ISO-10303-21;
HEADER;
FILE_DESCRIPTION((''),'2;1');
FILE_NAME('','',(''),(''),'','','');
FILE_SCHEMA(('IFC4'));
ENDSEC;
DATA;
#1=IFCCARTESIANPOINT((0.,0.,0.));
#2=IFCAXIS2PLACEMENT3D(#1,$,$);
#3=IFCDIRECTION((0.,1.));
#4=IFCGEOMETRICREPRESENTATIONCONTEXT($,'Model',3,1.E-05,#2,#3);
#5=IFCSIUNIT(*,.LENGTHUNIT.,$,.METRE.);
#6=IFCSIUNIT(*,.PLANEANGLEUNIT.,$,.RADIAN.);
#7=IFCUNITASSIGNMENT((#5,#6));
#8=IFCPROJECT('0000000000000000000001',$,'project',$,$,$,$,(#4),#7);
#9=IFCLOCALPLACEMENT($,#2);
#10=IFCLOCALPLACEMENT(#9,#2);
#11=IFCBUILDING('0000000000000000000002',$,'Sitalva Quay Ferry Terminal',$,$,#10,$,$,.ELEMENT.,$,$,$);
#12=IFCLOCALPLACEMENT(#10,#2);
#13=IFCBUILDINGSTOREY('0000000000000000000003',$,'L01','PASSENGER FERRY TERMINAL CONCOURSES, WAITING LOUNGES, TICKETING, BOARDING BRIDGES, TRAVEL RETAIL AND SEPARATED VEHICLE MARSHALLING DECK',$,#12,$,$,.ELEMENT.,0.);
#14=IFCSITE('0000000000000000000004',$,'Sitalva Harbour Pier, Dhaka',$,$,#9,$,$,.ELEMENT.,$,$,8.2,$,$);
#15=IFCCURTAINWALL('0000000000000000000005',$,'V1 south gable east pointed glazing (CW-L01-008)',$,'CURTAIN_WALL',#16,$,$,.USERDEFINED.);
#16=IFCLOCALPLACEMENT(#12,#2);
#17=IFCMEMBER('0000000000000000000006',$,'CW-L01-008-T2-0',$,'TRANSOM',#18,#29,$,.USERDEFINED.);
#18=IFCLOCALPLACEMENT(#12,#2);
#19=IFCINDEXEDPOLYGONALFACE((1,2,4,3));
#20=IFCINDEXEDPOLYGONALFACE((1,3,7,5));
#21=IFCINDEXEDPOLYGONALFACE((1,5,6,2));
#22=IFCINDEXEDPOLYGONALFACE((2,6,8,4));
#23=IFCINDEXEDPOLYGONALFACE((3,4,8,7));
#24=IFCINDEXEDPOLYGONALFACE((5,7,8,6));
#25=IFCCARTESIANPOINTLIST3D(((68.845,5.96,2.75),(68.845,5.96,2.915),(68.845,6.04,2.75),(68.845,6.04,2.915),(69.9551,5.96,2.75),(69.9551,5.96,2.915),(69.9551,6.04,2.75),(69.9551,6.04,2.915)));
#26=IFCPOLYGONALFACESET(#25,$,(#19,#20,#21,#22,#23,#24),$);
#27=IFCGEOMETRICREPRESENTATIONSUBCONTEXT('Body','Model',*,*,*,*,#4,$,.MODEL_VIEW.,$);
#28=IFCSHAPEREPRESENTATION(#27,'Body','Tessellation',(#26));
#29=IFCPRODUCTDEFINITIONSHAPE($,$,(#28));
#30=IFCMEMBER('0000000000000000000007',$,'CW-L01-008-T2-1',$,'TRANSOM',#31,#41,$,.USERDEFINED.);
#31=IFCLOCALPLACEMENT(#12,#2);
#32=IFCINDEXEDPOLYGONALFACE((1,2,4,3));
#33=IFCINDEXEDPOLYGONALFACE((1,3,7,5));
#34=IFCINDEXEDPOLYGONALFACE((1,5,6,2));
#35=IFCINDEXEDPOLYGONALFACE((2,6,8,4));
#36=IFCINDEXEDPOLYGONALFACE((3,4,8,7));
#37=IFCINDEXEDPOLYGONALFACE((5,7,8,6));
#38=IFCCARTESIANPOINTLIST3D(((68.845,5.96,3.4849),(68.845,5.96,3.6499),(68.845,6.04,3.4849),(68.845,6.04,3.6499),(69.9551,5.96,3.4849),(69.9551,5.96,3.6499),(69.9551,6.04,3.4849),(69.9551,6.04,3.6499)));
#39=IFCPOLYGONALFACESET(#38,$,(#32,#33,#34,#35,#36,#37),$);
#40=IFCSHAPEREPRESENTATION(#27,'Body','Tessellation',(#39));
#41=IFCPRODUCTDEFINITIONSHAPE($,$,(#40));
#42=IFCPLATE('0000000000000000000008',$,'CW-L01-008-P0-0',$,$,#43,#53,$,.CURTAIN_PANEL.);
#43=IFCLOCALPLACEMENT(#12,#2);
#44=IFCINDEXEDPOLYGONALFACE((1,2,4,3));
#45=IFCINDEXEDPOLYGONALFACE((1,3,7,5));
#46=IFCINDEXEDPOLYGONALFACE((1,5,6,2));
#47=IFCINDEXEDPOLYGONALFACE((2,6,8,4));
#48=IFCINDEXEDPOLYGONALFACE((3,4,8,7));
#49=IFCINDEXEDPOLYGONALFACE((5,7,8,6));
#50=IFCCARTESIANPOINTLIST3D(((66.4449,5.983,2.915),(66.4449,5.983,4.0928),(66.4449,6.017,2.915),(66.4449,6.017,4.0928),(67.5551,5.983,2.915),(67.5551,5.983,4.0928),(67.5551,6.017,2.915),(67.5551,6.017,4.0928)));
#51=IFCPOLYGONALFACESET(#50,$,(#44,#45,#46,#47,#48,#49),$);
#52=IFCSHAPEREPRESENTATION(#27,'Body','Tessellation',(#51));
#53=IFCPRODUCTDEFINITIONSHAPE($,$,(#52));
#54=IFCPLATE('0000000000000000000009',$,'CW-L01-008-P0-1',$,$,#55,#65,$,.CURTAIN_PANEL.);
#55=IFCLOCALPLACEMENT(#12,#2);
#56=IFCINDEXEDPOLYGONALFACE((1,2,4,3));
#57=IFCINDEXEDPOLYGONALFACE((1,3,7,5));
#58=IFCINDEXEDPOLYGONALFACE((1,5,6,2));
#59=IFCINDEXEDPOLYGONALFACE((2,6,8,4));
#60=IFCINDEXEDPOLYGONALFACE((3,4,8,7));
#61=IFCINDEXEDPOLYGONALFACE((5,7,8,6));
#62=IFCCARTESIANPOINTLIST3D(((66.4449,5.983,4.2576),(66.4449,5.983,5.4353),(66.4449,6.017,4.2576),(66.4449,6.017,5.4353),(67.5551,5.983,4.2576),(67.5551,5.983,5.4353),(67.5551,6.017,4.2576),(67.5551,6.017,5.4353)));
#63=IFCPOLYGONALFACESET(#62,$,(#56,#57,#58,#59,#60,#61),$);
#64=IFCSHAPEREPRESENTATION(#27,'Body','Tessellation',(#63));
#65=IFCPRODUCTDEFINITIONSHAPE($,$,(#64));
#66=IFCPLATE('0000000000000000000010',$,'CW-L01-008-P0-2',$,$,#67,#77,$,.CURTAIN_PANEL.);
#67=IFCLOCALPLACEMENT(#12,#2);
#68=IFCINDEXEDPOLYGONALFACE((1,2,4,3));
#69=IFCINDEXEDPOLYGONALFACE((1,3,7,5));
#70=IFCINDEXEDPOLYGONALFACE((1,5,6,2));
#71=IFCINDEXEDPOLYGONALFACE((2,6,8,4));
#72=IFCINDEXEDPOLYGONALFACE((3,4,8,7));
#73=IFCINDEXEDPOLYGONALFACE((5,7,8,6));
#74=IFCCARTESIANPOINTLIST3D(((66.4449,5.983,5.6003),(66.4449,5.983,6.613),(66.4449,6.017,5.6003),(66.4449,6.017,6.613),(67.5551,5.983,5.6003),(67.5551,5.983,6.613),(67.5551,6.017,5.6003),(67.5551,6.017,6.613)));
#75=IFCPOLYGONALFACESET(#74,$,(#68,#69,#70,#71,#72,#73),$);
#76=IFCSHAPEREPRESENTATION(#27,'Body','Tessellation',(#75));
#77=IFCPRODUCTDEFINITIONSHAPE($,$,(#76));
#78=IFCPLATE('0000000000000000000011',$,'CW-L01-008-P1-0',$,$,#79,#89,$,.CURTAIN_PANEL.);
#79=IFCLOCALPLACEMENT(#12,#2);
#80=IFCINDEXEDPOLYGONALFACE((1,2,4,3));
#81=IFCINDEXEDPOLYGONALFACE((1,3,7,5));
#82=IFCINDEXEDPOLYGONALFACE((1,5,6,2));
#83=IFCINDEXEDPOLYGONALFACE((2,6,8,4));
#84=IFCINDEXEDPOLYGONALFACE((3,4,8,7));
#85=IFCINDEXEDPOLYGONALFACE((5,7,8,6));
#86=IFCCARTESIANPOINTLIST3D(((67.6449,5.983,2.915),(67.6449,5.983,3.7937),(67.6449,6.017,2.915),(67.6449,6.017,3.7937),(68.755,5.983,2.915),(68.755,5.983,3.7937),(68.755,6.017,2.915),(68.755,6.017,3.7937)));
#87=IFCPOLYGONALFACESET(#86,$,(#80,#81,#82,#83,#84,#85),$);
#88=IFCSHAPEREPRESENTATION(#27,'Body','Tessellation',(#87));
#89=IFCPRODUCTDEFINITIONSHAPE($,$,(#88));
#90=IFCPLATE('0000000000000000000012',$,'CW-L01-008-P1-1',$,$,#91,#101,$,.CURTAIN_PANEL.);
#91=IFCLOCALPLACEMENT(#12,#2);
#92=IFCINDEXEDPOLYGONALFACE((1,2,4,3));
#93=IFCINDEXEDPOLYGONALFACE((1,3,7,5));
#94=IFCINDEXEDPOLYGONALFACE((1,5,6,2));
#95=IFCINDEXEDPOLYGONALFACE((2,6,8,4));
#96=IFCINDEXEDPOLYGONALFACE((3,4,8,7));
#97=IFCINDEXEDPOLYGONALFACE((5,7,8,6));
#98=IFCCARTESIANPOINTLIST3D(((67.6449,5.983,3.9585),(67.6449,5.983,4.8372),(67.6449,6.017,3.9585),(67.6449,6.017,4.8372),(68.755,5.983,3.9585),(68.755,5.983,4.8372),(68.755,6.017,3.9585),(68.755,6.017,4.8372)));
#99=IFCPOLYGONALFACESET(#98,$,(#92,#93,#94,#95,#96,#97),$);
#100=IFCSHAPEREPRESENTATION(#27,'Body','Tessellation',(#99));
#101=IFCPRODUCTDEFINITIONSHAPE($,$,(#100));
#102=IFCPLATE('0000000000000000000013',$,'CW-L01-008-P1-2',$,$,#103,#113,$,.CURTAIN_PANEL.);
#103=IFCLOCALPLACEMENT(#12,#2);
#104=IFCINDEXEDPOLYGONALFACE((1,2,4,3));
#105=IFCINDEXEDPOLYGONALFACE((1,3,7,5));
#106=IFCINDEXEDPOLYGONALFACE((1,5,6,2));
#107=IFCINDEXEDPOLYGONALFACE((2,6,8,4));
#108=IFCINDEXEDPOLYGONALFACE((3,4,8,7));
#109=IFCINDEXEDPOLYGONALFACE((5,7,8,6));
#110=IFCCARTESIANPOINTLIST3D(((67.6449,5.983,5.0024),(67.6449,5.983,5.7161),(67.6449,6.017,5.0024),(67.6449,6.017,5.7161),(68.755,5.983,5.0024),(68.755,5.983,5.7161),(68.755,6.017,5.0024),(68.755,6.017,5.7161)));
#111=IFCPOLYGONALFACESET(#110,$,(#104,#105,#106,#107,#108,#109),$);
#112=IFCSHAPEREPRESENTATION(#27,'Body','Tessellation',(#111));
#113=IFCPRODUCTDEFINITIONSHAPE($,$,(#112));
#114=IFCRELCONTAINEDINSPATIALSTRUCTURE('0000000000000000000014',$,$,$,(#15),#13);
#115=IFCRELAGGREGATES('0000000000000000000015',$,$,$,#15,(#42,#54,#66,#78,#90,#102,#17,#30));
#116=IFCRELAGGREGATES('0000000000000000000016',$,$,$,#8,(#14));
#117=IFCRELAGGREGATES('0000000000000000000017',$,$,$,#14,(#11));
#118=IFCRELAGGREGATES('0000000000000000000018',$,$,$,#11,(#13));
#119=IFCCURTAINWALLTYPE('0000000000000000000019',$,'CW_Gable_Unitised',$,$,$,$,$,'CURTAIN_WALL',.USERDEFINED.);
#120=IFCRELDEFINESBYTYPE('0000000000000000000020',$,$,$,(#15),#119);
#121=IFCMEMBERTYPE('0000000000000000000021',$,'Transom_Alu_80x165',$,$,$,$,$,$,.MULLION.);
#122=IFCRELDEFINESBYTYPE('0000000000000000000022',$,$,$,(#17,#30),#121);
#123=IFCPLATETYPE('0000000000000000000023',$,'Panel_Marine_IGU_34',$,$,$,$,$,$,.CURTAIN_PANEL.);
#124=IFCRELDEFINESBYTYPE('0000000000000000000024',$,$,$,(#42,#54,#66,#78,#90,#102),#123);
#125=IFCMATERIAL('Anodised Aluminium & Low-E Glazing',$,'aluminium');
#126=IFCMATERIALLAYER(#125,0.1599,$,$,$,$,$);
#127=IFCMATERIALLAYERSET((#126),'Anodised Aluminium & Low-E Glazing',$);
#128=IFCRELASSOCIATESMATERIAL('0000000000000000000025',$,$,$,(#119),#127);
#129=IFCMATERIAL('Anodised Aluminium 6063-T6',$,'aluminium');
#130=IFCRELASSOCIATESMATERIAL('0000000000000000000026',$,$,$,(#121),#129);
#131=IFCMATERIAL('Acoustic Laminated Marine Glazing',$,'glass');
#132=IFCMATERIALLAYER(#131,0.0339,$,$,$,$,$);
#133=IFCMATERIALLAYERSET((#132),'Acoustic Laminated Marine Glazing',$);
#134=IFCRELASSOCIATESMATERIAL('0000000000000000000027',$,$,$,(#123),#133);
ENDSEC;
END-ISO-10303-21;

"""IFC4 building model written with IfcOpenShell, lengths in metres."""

from ifc_helpers import new_model, si_unit, direction, frame, origin, origin_2d, place, context, subcontext, project, spatial, rectangle, extrude, material, layer, layer_set, material_profile, profile_set, type_object, element, aggregate, save


model = new_model("IFC4")

# Units and contexts
model_context = context("Model", 3, precision=1e-05, world=origin(), true_north=direction((0.0, 1.0)))
body_context = subcontext(model_context, "Body", "Model", "MODEL_VIEW")
ifc_project = project(units=[si_unit("LENGTHUNIT", "METRE"), si_unit("PLANEANGLEUNIT", "RADIAN")], contexts=[model_context])

# Site, building, storey
site_placement = place(None, origin())
site = spatial("IfcSite", under=ifc_project, at=site_placement, Name="Sitalva Harbour Pier, Dhaka", CompositionType="ELEMENT", RefElevation=8.2)
building_placement = place(site_placement, origin())
building = spatial("IfcBuilding", under=site, at=building_placement, Name="Sitalva Quay Ferry Terminal", CompositionType="ELEMENT")
storey_placement = place(building_placement, origin())
storey = spatial("IfcBuildingStorey", under=building, at=storey_placement, Name="L01", Description="PASSENGER FERRY TERMINAL CONCOURSES, WAITING LOUNGES, TICKETING, BOARDING BRIDGES, TRAVEL RETAIL AND SEPARATED VEHICLE MARSHALLING DECK", CompositionType="ELEMENT", Elevation=0.0)

# Curtain wall, members, plates
ifc_material_1 = material(Name="Anodised Aluminium & Low-E Glazing", Category="aluminium")
ifc_layer_1 = layer(ifc_material_1, 0.1599)
ifc_layer_set_1 = layer_set([ifc_layer_1], Name="Anodised Aluminium & Low-E Glazing")
curtain_wall_type = type_object("IfcCurtainWallType", Name="CW_Gable_Unitised", ElementType="CURTAIN_WALL", PredefinedType="USERDEFINED", material=ifc_layer_set_1)
curtain_wall_placement = place(storey_placement, origin())
curtain_wall = element("IfcCurtainWall", 1, at=curtain_wall_placement, inside=storey, type_object=curtain_wall_type, Name="V1 south gable east pointed glazing (CW-L01-008)", ObjectType="CURTAIN_WALL", PredefinedType="USERDEFINED")
ifc_material_2 = material(Name="Anodised Aluminium 6063-T6", Category="aluminium")
ifc_material_profile_1 = material_profile(ifc_material_2, rectangle(XDim=0.0801, YDim=0.165, at=origin_2d()), Name="ALU80x165")
ifc_profile_set_1 = profile_set([ifc_material_profile_1], Name="Anodised Aluminium 6063-T6")
member_type_1 = type_object("IfcMemberType", Name="Transom_Alu_80x165", PredefinedType="MULLION", material=ifc_profile_set_1)
member_1_placement = place(storey_placement, frame((68.845, 6.0, 2.8325), z_axis=(1.0, 0.0, 0.0), x_axis=(0.0, 1.0, 0.0)))
member_1 = element("IfcMember", 2, at=member_1_placement, type_object=member_type_1, Name="CW-L01-008-T2-0", ObjectType="TRANSOM", PredefinedType="USERDEFINED", context=body_context, shape_type="SweptSolid", body=[
    extrude(rectangle(XDim=0.0801, YDim=0.165, at=origin_2d()), origin(), (0.0, 0.0, 1.0), 1.1101),
])
member_2_placement = place(storey_placement, frame((68.845, 6.0, 3.5674), z_axis=(1.0, 0.0, 0.0), x_axis=(0.0, 1.0, 0.0)))
member_2 = element("IfcMember", 3, at=member_2_placement, type_object=member_type_1, Name="CW-L01-008-T2-1", ObjectType="TRANSOM", PredefinedType="USERDEFINED", context=body_context, shape_type="SweptSolid", body=[
    extrude(rectangle(XDim=0.0801, YDim=0.165, at=origin_2d()), origin(), (0.0, 0.0, 1.0), 1.1101),
])
ifc_material_3 = material(Name="Acoustic Laminated Marine Glazing", Category="glass")
ifc_layer_2 = layer(ifc_material_3, 0.0339)
ifc_layer_set_2 = layer_set([ifc_layer_2], Name="Acoustic Laminated Marine Glazing")
plate_type = type_object("IfcPlateType", Name="Panel_Marine_IGU_34", PredefinedType="CURTAIN_PANEL", material=ifc_layer_set_2)
plate_1_placement = place(storey_placement, frame((67.0, 6.0, 2.915), z_axis=(0.0, 0.0, 1.0), x_axis=(1.0, 0.0, 0.0)))
plate_1 = element("IfcPlate", 4, at=plate_1_placement, type_object=plate_type, Name="CW-L01-008-P0-0", PredefinedType="CURTAIN_PANEL", context=body_context, shape_type="SweptSolid", body=[
    extrude(rectangle(XDim=1.1101, YDim=0.0339, at=origin_2d()), origin(), (0.0, 0.0, 1.0), 1.1777),
])
plate_2_placement = place(storey_placement, frame((67.0, 6.0, 4.2576), z_axis=(0.0, 0.0, 1.0), x_axis=(1.0, 0.0, 0.0)))
plate_2 = element("IfcPlate", 5, at=plate_2_placement, type_object=plate_type, Name="CW-L01-008-P0-1", PredefinedType="CURTAIN_PANEL", context=body_context, shape_type="SweptSolid", body=[
    extrude(rectangle(XDim=1.1101, YDim=0.0339, at=origin_2d()), origin(), (0.0, 0.0, 1.0), 1.1777),
])
plate_3_placement = place(storey_placement, frame((67.0, 6.0, 5.6003), z_axis=(0.0, 0.0, 1.0), x_axis=(1.0, 0.0, 0.0)))
plate_3 = element("IfcPlate", 6, at=plate_3_placement, type_object=plate_type, Name="CW-L01-008-P0-2", PredefinedType="CURTAIN_PANEL", context=body_context, shape_type="SweptSolid", body=[
    extrude(rectangle(XDim=1.1101, YDim=0.0339, at=origin_2d()), origin(), (0.0, 0.0, 1.0), 1.0127),
])
plate_4_placement = place(storey_placement, frame((68.2, 6.0, 2.915), z_axis=(0.0, 0.0, 1.0), x_axis=(1.0, 0.0, 0.0)))
plate_4 = element("IfcPlate", 7, at=plate_4_placement, type_object=plate_type, Name="CW-L01-008-P1-0", PredefinedType="CURTAIN_PANEL", context=body_context, shape_type="SweptSolid", body=[
    extrude(rectangle(XDim=1.1101, YDim=0.0339, at=origin_2d()), origin(), (0.0, 0.0, 1.0), 0.8787),
])
plate_5_placement = place(storey_placement, frame((68.2, 6.0, 3.9585), z_axis=(0.0, 0.0, 1.0), x_axis=(1.0, 0.0, 0.0)))
plate_5 = element("IfcPlate", 8, at=plate_5_placement, type_object=plate_type, Name="CW-L01-008-P1-1", PredefinedType="CURTAIN_PANEL", context=body_context, shape_type="SweptSolid", body=[
    extrude(rectangle(XDim=1.1101, YDim=0.0339, at=origin_2d()), origin(), (0.0, 0.0, 1.0), 0.8787),
])
plate_6_placement = place(storey_placement, frame((68.2, 6.0, 5.0024), z_axis=(0.0, 0.0, 1.0), x_axis=(1.0, 0.0, 0.0)))
plate_6 = element("IfcPlate", 9, at=plate_6_placement, type_object=plate_type, Name="CW-L01-008-P1-2", PredefinedType="CURTAIN_PANEL", context=body_context, shape_type="SweptSolid", body=[
    extrude(rectangle(XDim=1.1101, YDim=0.0339, at=origin_2d()), origin(), (0.0, 0.0, 1.0), 0.7136),
])
aggregate(curtain_wall, [plate_1, plate_2, plate_3, plate_4, plate_5, plate_6, member_1, member_2])

save(model, "model.ifc")
